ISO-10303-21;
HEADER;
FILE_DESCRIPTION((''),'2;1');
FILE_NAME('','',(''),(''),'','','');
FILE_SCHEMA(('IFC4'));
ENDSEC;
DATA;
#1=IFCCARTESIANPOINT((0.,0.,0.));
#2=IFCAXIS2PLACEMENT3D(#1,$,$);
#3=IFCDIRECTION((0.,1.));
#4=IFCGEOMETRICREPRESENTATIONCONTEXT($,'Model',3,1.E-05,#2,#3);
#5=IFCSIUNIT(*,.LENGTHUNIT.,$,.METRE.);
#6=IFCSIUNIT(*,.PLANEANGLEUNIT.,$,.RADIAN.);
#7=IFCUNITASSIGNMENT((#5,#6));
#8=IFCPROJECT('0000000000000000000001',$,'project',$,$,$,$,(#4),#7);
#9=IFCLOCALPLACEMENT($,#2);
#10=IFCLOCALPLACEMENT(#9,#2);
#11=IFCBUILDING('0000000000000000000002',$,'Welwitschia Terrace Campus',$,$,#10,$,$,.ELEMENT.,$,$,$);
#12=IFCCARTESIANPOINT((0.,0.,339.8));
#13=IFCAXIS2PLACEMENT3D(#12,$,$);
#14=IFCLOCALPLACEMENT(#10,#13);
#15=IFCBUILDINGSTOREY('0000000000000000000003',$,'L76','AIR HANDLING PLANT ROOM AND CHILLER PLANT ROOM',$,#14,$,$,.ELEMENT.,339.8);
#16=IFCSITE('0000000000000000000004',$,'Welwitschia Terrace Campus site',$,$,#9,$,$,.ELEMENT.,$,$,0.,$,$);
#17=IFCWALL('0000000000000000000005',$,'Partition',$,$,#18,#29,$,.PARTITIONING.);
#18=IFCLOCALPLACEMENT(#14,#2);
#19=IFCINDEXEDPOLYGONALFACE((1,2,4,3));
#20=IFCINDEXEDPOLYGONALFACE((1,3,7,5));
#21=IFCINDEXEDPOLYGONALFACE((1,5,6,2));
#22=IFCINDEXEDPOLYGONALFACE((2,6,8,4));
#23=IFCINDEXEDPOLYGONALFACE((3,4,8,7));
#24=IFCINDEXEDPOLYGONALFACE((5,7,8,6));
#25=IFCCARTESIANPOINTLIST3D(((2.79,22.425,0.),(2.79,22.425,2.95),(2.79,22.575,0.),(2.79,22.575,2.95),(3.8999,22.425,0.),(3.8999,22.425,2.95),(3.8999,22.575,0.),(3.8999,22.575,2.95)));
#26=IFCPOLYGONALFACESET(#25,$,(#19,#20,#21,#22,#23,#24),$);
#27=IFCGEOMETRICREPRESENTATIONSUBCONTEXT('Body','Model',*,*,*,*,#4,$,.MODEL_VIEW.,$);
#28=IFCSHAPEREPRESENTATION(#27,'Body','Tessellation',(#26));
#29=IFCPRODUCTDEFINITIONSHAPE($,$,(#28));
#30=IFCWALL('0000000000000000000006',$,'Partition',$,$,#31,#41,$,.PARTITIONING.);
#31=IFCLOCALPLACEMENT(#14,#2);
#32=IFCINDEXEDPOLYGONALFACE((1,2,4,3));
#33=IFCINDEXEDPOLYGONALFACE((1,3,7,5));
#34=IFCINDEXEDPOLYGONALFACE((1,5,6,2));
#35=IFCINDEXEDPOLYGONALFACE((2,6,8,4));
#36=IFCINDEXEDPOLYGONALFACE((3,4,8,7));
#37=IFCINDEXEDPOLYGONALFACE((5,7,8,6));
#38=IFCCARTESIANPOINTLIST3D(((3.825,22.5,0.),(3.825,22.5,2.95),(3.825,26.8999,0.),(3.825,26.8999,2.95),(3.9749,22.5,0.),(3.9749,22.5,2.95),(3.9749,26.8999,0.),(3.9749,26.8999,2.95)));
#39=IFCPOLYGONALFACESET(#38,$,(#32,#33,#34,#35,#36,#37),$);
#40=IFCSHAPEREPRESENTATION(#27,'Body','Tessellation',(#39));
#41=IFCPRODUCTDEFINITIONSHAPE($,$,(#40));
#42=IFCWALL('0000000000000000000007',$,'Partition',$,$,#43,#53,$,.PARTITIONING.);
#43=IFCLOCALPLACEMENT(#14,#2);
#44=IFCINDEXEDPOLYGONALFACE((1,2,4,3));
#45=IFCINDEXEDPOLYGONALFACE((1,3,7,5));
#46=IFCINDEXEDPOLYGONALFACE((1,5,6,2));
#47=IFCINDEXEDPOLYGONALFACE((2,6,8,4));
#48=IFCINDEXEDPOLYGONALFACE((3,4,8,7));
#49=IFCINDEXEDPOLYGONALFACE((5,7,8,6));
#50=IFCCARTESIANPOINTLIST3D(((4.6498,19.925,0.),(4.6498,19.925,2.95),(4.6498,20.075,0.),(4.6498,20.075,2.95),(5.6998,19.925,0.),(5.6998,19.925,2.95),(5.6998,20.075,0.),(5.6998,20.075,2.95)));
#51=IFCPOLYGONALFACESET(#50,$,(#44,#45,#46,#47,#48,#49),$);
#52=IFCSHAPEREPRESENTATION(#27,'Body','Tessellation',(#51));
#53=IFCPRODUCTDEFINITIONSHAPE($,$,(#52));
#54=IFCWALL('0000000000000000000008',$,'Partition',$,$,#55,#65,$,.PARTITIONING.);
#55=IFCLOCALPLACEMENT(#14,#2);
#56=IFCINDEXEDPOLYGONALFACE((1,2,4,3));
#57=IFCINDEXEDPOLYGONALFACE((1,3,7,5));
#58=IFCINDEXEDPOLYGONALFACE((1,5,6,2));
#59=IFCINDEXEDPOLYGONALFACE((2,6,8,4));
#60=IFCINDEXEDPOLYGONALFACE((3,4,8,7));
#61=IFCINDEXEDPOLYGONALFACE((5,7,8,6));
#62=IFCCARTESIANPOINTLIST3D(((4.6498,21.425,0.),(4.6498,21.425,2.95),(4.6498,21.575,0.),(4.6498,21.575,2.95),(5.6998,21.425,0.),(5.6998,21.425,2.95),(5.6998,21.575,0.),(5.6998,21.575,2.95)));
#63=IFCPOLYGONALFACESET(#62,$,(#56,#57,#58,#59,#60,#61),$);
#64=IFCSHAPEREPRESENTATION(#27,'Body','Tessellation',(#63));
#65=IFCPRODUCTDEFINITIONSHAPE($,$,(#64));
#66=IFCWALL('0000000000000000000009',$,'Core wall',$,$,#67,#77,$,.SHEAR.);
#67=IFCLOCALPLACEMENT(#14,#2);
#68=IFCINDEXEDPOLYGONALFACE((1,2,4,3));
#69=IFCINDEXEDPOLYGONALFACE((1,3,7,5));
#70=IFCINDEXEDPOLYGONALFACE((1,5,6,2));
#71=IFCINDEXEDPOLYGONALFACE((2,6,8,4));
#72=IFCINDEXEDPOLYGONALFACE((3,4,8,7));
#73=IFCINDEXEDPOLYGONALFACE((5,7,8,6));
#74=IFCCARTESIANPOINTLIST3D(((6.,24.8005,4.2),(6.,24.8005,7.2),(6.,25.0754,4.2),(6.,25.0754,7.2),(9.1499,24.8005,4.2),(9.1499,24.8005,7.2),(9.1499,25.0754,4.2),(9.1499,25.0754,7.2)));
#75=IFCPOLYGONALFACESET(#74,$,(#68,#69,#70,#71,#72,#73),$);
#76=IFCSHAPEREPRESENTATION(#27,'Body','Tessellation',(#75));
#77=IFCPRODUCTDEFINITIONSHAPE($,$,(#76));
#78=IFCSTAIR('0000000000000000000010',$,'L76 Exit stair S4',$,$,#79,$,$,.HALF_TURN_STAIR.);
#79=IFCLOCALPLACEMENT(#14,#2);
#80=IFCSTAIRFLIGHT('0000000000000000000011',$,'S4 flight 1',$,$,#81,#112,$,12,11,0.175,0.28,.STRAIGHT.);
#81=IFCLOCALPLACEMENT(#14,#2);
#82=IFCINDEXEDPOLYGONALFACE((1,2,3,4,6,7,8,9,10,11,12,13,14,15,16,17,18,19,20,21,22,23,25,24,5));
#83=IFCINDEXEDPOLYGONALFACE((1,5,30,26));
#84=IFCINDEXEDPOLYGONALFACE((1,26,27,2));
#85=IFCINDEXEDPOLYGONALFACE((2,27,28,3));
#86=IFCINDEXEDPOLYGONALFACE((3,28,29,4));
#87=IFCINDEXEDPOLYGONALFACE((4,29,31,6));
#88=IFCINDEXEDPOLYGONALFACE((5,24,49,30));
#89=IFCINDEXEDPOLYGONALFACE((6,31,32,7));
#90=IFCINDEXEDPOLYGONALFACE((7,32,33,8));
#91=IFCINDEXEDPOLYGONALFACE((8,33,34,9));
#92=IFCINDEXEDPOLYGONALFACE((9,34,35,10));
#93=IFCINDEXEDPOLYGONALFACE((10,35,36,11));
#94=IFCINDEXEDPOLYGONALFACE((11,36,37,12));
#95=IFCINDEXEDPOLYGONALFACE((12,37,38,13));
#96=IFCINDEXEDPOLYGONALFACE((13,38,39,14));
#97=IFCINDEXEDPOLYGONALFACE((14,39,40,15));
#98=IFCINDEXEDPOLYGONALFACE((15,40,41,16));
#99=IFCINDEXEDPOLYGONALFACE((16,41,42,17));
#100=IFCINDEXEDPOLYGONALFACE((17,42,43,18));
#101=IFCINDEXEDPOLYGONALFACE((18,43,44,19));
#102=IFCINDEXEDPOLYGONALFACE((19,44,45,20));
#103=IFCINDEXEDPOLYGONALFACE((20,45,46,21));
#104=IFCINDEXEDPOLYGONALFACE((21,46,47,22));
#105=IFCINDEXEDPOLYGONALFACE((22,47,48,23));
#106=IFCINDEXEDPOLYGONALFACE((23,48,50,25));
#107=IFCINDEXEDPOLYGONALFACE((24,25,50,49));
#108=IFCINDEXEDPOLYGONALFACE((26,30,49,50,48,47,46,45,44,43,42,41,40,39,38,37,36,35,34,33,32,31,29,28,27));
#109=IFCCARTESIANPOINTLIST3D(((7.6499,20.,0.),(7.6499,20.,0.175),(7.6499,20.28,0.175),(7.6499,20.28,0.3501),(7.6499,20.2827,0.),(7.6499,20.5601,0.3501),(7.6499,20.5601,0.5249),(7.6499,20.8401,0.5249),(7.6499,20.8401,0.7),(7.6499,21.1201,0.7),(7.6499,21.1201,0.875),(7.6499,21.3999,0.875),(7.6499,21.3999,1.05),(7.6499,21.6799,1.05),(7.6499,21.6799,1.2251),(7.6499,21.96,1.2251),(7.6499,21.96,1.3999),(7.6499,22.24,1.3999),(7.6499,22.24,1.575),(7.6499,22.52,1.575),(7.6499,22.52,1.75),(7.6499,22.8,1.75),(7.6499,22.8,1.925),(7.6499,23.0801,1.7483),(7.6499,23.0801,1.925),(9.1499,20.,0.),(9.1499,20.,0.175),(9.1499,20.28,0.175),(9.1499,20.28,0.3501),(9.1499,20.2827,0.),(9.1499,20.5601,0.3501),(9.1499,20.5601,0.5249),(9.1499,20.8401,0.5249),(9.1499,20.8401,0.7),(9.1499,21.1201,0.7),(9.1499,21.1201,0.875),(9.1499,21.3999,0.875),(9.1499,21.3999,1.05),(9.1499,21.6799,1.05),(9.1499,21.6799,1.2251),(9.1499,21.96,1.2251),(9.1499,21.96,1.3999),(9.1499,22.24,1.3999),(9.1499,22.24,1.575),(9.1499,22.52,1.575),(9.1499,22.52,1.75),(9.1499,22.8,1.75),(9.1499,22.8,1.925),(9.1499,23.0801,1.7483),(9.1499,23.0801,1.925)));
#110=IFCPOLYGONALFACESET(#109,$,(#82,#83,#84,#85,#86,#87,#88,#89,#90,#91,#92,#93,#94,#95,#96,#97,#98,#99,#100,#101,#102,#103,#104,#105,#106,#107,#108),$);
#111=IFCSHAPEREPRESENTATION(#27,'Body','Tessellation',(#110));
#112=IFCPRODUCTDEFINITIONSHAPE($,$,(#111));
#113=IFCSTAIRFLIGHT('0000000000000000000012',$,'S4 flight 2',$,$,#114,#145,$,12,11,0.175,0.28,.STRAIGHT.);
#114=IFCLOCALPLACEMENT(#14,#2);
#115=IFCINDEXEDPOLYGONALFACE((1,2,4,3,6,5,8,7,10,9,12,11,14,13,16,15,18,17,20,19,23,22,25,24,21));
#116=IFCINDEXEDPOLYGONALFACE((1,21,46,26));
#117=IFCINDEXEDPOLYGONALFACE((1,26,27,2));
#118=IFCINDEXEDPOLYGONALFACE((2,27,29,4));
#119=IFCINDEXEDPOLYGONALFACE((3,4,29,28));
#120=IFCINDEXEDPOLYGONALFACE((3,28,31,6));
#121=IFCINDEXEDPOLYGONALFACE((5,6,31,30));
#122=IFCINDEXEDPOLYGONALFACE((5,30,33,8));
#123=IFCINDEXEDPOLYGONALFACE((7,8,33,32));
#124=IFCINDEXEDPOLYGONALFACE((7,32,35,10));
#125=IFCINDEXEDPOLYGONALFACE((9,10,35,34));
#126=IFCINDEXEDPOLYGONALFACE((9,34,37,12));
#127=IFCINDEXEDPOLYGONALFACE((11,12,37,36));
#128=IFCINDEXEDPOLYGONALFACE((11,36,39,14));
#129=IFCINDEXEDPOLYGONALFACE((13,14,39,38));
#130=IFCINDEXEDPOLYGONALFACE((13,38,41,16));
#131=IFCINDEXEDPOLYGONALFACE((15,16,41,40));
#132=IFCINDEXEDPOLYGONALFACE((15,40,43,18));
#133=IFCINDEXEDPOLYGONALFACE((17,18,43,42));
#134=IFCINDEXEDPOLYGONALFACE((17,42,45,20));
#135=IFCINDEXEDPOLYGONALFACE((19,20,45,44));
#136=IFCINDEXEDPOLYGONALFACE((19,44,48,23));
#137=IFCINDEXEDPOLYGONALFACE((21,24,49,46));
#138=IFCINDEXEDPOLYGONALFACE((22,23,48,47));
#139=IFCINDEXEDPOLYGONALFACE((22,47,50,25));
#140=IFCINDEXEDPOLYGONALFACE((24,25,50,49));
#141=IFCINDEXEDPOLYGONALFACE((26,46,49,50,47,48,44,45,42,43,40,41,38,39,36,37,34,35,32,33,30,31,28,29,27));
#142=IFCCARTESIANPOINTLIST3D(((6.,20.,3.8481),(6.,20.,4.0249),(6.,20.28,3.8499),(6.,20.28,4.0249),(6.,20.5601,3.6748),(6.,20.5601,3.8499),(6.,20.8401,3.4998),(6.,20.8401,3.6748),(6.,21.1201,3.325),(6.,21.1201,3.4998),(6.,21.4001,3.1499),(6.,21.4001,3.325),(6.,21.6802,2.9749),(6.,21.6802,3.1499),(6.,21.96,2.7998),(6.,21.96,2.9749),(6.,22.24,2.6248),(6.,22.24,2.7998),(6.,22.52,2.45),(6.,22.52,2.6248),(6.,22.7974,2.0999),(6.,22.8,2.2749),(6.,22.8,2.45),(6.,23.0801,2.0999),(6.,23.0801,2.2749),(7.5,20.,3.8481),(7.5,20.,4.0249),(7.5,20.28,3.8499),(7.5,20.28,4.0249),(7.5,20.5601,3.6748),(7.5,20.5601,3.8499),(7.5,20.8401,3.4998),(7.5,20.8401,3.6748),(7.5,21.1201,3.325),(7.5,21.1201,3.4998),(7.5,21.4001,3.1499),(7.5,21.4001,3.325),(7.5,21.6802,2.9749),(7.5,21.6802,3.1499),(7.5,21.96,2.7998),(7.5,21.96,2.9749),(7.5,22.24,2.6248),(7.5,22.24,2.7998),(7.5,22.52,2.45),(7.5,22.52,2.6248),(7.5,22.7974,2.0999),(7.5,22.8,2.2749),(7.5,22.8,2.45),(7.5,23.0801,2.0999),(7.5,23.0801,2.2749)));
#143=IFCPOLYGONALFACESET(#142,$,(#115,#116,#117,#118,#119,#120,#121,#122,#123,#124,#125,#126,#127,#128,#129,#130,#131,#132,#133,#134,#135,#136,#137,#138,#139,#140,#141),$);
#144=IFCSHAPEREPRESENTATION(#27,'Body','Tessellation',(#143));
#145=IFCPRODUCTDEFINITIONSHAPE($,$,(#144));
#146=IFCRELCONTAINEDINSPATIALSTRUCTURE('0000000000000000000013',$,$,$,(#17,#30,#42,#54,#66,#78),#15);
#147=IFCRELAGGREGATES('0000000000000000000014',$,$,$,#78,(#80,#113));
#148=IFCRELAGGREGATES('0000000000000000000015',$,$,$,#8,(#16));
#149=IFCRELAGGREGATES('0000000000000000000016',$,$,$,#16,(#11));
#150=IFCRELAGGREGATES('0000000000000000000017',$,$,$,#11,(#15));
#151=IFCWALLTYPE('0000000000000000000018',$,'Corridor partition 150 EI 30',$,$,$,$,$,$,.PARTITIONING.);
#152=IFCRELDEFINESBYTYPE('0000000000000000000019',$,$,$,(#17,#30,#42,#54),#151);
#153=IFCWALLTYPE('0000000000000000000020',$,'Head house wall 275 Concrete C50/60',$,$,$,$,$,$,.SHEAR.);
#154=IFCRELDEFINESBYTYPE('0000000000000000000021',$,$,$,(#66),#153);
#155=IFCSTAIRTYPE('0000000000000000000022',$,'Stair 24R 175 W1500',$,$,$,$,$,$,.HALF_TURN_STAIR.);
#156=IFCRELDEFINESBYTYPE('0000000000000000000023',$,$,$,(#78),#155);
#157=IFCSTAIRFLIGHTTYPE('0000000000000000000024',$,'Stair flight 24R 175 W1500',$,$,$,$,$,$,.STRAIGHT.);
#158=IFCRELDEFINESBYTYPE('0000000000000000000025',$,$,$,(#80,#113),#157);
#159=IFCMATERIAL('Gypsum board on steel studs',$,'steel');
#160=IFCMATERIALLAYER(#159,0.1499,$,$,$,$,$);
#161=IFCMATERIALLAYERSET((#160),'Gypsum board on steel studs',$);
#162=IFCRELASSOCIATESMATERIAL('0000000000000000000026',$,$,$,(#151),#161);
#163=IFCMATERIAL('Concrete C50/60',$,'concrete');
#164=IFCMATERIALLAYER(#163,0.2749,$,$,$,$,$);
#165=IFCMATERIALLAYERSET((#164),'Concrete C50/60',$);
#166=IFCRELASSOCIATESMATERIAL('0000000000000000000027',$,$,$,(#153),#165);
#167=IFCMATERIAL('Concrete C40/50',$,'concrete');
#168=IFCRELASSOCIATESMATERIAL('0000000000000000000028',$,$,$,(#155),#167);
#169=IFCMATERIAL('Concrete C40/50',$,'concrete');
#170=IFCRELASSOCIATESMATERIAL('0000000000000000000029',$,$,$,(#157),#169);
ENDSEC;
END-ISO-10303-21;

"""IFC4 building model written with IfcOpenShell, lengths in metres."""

from ifc_helpers import new_model, si_unit, direction, frame, frame_2d, origin, place, context, subcontext, project, spatial, polyline, rectangle, outline, extrude, material, layer, layer_set, type_object, element, aggregate, save


model = new_model("IFC4")

# Units and contexts
model_context = context("Model", 3, precision=1e-05, world=origin(), true_north=direction((0.0, 1.0)))
body_context = subcontext(model_context, "Body", "Model", "MODEL_VIEW")
ifc_project = project(units=[si_unit("LENGTHUNIT", "METRE"), si_unit("PLANEANGLEUNIT", "RADIAN")], contexts=[model_context])

# Site, building, storey
site_placement = place(None, origin())
site = spatial("IfcSite", under=ifc_project, at=site_placement, Name="Welwitschia Terrace Campus site", CompositionType="ELEMENT", RefElevation=0.0)
building_placement = place(site_placement, origin())
building = spatial("IfcBuilding", under=site, at=building_placement, Name="Welwitschia Terrace Campus", CompositionType="ELEMENT")
storey_placement = place(building_placement, frame((0.0, 0.0, 339.8)))
storey = spatial("IfcBuildingStorey", under=building, at=storey_placement, Name="L76", Description="AIR HANDLING PLANT ROOM AND CHILLER PLANT ROOM", CompositionType="ELEMENT", Elevation=339.8)

# Walls
ifc_material_1 = material(Name="Gypsum board on steel studs", Category="steel")
ifc_layer_1 = layer(ifc_material_1, 0.1499)
ifc_layer_set_1 = layer_set([ifc_layer_1], Name="Gypsum board on steel studs")
wall_type_1 = type_object("IfcWallType", Name="Corridor partition 150 EI 30", PredefinedType="PARTITIONING", material=ifc_layer_set_1)
wall_1_placement = place(storey_placement, frame((2.79, 22.5, 0.0), z_axis=(0.0, 0.0, 1.0), x_axis=(1.0, 0.0, 0.0)))
element("IfcWall", 1, at=wall_1_placement, inside=storey, type_object=wall_type_1, Name="Partition", PredefinedType="PARTITIONING", context=body_context, shape_type="SweptSolid", body=[
    extrude(rectangle(XDim=1.1099, YDim=0.1499, at=frame_2d((0.5549, 0.0))), origin(), (0.0, 0.0, 1.0), 2.95),
])
wall_2_placement = place(storey_placement, frame((3.8999, 22.5, 0.0), z_axis=(0.0, 0.0, 1.0), x_axis=(0.0, 1.0, 0.0)))
element("IfcWall", 2, at=wall_2_placement, inside=storey, type_object=wall_type_1, Name="Partition", PredefinedType="PARTITIONING", context=body_context, shape_type="SweptSolid", body=[
    extrude(rectangle(XDim=4.3999, YDim=0.1499, at=frame_2d((2.2, 0.0))), origin(), (0.0, 0.0, 1.0), 2.95),
])
for number, where, z_axis, x_axis, name in (
    (3, (4.6499, 20.0, 0.0), (0.0, 0.0, 1.0), (1.0, 0.0, 0.0), "Partition"),
    (4, (4.6499, 21.5, 0.0), (0.0, 0.0, 1.0), (1.0, 0.0, 0.0), "Partition"),
):
    element("IfcWall", number, at=place(storey_placement, frame(where, z_axis=z_axis, x_axis=x_axis)), inside=storey, type_object=wall_type_1, Name=name, PredefinedType="PARTITIONING", context=body_context, shape_type="SweptSolid", body=[
        extrude(rectangle(XDim=1.05, YDim=0.1499, at=frame_2d((0.5249, 0.0))), origin(), (0.0, 0.0, 1.0), 2.95),
    ])
ifc_material_2 = material(Name="Concrete C50/60", Category="concrete")
ifc_layer_2 = layer(ifc_material_2, 0.2749)
ifc_layer_set_2 = layer_set([ifc_layer_2], Name="Concrete C50/60")
wall_type_2 = type_object("IfcWallType", Name="Head house wall 275 Concrete C50/60", PredefinedType="SHEAR", material=ifc_layer_set_2)
wall_3_placement = place(storey_placement, frame((6.0, 24.938, 4.2), z_axis=(0.0, 0.0, 1.0), x_axis=(1.0, 0.0, 0.0)))
element("IfcWall", 5, at=wall_3_placement, inside=storey, type_object=wall_type_2, Name="Core wall", PredefinedType="SHEAR", context=body_context, shape_type="SweptSolid", body=[
    extrude(rectangle(XDim=3.1499, YDim=0.2749, at=frame_2d((1.575, 0.0))), origin(), (0.0, 0.0, 1.0), 3.0),
])

# Stair, stair flights
ifc_material_3 = material(Name="Concrete C40/50", Category="concrete")
stair_type = type_object("IfcStairType", Name="Stair 24R 175 W1500", PredefinedType="HALF_TURN_STAIR", material=ifc_material_3)
stair_placement = place(storey_placement, origin())
stair = element("IfcStair", 6, at=stair_placement, inside=storey, type_object=stair_type, Name="L76 Exit stair S4", PredefinedType="HALF_TURN_STAIR")
ifc_material_4 = material(Name="Concrete C40/50", Category="concrete")
stair_flight_type = type_object("IfcStairFlightType", Name="Stair flight 24R 175 W1500", PredefinedType="STRAIGHT", material=ifc_material_4)
stair_flight_1_placement = place(storey_placement, frame((8.3999, 20.0, 0.0), z_axis=(0.0, 0.0, 1.0), x_axis=(0.0, 1.0, 0.0)))
stair_flight_1 = element("IfcStairFlight", 7, at=stair_flight_1_placement, type_object=stair_flight_type, Name="S4 flight 1", NumberOfRisers=12, NumberOfTreads=11, PredefinedType="STRAIGHT", RiserHeight=0.175, TreadLength=0.28, context=body_context, shape_type="SweptSolid", body=[
    extrude(outline(polyline([(0.0, 0.0), (0.0, 0.175), (0.28, 0.175), (0.28, 0.3501), (0.5601, 0.3501), (0.5601, 0.5249), (0.8401, 0.5249), (0.8401, 0.7), (1.1201, 0.7), (1.1201, 0.875), (1.3999, 0.875), (1.3999, 1.05), (1.6799, 1.05), (1.6799, 1.2251), (1.96, 1.2251), (1.96, 1.3999), (2.24, 1.3999), (2.24, 1.575), (2.52, 1.575), (2.52, 1.75), (2.8, 1.75), (2.8, 1.925), (3.0801, 1.925), (3.0801, 2.1001), (3.0801, 1.7483), (0.2827, 0.0), (0.0, 0.0)])), frame((0.0, 0.75, 0.0), z_axis=(0.0, -1.0, 0.0), x_axis=(1.0, 0.0, 0.0)), (0.0, 0.0, 1.0), 1.5),
])
stair_flight_2_placement = place(storey_placement, frame((6.75, 23.0801, 2.0999), z_axis=(0.0, 0.0, 1.0), x_axis=(0.0, -1.0, 0.0)))
stair_flight_2 = element("IfcStairFlight", 8, at=stair_flight_2_placement, type_object=stair_flight_type, Name="S4 flight 2", NumberOfRisers=12, NumberOfTreads=11, PredefinedType="STRAIGHT", RiserHeight=0.175, TreadLength=0.28, context=body_context, shape_type="SweptSolid", body=[
    extrude(outline(polyline([(0.0, 0.0), (0.0, 0.175), (0.28, 0.175), (0.28, 0.3501), (0.5601, 0.3501), (0.5601, 0.5249), (0.8401, 0.5249), (0.8401, 0.7), (1.1201, 0.7), (1.1201, 0.875), (1.3999, 0.875), (1.3999, 1.05), (1.6799, 1.05), (1.6799, 1.2251), (1.96, 1.2251), (1.96, 1.3999), (2.24, 1.3999), (2.24, 1.575), (2.52, 1.575), (2.52, 1.75), (2.8, 1.75), (2.8, 1.925), (3.0801, 1.925), (3.0801, 2.1001), (3.0801, 1.7483), (0.2827, 0.0), (0.0, 0.0)])), frame((0.0, 0.75, 0.0), z_axis=(0.0, -1.0, 0.0), x_axis=(1.0, 0.0, 0.0)), (0.0, 0.0, 1.0), 1.5),
])
aggregate(stair, [stair_flight_1, stair_flight_2])

save(model, "model.ifc")
